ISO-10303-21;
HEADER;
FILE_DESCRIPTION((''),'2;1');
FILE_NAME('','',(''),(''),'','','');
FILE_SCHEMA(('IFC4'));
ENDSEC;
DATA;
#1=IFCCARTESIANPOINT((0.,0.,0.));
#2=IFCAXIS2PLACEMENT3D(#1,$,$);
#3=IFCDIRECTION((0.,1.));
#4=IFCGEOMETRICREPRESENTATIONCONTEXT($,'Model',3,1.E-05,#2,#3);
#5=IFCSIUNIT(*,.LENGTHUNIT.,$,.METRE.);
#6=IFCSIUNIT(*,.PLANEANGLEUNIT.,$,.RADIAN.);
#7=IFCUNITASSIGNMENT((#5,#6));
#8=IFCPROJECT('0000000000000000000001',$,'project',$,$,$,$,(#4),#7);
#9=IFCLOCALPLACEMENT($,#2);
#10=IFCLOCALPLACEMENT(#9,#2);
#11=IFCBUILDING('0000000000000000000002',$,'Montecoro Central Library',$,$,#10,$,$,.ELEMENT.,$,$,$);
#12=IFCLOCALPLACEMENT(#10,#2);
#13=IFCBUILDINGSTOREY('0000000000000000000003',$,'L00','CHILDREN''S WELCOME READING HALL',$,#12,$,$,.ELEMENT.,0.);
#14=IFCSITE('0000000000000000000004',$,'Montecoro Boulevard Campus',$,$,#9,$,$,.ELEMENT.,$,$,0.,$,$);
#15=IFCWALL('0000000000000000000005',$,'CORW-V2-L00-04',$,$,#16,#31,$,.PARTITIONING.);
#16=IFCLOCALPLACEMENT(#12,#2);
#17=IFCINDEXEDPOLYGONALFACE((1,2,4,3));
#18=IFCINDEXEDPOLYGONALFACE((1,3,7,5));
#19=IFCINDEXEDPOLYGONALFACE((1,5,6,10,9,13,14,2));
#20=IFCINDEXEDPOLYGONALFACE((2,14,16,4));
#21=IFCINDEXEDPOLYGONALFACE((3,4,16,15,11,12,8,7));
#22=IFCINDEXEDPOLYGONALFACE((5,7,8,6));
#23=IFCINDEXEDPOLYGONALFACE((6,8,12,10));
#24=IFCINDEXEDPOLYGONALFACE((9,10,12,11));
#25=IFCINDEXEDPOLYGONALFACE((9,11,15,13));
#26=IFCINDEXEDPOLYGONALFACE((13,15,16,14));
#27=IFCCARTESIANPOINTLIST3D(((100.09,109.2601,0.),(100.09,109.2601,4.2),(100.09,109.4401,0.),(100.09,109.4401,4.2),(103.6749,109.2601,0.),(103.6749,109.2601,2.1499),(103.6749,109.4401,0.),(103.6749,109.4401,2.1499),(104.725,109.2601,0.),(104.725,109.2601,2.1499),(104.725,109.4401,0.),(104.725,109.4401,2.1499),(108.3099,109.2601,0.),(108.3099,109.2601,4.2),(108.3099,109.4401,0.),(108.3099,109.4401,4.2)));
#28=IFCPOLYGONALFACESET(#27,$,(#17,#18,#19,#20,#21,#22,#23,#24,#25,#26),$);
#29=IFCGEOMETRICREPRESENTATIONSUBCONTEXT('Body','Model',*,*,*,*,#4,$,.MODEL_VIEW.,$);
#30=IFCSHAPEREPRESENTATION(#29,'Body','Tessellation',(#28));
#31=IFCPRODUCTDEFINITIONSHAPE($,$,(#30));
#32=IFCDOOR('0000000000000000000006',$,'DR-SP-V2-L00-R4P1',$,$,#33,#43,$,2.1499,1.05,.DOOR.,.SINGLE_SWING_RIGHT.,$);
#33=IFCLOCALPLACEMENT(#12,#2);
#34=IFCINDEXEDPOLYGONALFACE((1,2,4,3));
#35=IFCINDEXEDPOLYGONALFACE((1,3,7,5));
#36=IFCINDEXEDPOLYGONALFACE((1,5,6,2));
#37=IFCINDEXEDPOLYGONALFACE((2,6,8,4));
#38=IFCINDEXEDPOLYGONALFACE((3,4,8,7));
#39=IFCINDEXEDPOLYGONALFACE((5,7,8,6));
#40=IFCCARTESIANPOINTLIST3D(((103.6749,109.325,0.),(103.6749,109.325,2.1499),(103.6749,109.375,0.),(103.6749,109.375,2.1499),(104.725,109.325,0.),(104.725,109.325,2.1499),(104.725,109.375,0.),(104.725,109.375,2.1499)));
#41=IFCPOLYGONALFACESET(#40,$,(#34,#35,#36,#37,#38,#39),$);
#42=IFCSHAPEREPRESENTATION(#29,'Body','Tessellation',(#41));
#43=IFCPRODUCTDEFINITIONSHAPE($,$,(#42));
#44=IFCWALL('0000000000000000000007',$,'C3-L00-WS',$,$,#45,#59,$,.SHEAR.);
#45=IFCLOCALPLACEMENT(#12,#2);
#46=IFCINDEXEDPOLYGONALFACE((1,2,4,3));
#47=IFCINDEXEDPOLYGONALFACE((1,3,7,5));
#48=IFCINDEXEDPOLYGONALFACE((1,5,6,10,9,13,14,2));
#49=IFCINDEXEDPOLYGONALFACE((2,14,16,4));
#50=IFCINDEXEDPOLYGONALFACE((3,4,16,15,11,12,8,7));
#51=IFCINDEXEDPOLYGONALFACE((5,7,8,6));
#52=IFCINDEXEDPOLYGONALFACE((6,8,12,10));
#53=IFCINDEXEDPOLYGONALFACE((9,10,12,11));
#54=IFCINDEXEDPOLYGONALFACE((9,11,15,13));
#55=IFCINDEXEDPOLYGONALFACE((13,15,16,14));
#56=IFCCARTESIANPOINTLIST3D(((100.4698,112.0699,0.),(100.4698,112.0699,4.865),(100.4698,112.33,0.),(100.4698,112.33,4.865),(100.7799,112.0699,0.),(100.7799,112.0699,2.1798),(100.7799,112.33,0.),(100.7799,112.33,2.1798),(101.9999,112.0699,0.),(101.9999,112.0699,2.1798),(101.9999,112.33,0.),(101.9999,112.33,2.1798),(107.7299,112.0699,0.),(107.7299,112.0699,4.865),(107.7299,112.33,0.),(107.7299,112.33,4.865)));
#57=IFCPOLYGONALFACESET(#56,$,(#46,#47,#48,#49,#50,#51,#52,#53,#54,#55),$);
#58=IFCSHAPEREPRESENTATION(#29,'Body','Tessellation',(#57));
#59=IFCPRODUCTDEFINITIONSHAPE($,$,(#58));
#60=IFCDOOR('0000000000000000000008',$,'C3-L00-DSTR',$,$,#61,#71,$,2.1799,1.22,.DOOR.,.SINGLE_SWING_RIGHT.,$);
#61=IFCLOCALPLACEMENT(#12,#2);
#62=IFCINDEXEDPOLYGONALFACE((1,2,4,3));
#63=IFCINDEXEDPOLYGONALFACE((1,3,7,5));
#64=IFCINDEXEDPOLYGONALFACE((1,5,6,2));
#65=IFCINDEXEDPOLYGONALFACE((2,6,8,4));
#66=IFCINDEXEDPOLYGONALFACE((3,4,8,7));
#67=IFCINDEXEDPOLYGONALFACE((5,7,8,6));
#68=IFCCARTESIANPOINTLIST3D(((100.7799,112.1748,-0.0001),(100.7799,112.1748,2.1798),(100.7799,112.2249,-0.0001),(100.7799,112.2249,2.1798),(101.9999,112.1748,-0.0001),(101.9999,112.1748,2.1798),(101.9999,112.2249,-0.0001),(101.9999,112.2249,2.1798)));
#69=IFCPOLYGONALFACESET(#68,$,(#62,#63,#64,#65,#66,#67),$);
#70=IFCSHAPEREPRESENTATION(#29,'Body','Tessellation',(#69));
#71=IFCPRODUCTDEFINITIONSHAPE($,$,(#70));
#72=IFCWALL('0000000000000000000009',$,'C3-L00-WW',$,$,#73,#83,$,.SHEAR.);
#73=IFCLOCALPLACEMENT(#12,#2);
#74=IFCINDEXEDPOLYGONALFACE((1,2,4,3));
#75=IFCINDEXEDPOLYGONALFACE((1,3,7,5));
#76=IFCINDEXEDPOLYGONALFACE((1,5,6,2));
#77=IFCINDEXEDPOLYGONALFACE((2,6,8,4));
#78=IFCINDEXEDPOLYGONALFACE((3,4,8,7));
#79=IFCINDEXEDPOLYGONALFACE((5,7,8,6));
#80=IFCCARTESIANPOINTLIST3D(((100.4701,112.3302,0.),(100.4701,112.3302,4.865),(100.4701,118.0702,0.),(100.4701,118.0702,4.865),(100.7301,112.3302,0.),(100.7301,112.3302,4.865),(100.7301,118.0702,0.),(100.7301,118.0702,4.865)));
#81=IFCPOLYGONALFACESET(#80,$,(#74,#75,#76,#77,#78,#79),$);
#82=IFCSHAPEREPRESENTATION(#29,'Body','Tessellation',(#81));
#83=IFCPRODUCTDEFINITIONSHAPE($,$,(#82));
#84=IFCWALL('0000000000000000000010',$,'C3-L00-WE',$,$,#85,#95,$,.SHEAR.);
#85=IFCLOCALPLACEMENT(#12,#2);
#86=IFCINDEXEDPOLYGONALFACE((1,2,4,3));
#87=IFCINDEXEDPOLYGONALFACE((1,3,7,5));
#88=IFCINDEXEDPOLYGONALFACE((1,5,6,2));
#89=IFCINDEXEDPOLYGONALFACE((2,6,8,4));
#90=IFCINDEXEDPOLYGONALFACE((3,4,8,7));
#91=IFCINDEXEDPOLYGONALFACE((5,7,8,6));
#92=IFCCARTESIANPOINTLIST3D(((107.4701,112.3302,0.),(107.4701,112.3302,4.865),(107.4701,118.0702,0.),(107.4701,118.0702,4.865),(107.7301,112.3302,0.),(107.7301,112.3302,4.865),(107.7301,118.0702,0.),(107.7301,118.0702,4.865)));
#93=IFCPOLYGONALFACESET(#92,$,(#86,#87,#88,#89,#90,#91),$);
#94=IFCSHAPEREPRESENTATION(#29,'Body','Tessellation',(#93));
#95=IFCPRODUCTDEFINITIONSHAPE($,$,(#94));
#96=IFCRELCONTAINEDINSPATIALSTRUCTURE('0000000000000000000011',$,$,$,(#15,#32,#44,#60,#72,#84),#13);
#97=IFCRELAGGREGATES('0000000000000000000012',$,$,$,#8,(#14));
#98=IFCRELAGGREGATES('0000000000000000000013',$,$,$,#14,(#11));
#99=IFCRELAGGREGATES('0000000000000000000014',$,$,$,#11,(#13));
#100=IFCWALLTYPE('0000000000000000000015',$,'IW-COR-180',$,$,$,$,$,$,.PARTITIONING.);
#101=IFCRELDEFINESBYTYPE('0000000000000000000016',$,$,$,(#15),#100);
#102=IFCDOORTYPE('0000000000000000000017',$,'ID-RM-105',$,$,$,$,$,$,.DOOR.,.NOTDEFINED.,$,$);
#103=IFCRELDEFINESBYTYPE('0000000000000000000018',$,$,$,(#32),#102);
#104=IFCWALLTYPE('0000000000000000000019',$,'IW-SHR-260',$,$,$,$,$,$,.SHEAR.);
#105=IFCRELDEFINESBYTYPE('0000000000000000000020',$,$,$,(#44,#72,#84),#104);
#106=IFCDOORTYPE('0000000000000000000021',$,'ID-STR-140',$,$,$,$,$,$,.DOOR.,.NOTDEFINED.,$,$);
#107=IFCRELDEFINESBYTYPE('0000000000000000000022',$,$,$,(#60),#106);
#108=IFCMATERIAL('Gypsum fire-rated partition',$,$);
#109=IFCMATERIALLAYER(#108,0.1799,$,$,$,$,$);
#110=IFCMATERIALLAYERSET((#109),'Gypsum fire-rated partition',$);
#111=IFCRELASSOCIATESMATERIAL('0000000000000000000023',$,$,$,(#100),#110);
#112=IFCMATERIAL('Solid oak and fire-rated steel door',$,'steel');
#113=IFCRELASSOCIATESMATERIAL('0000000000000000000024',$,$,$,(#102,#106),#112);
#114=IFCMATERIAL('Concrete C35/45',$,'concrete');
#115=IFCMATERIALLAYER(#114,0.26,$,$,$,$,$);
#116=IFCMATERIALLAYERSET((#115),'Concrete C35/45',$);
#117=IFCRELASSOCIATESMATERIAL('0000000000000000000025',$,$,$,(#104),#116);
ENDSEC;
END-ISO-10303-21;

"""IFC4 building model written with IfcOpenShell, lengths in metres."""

from ifc_helpers import new_model, si_unit, direction, frame, frame_2d, origin, place, context, subcontext, project, spatial, rectangle, extrude, material, layer, layer_set, type_object, element, fill, save


model = new_model("IFC4")

# Units and contexts
model_context = context("Model", 3, precision=1e-05, world=origin(), true_north=direction((0.0, 1.0)))
body_context = subcontext(model_context, "Body", "Model", "MODEL_VIEW")
ifc_project = project(units=[si_unit("LENGTHUNIT", "METRE"), si_unit("PLANEANGLEUNIT", "RADIAN")], contexts=[model_context])

# Site, building, storey
site_placement = place(None, origin())
site = spatial("IfcSite", under=ifc_project, at=site_placement, Name="Montecoro Boulevard Campus", CompositionType="ELEMENT", RefElevation=0.0)
building_placement = place(site_placement, origin())
building = spatial("IfcBuilding", under=site, at=building_placement, Name="Montecoro Central Library", CompositionType="ELEMENT")
storey_placement = place(building_placement, origin())
storey = spatial("IfcBuildingStorey", under=building, at=storey_placement, Name="L00", Description="CHILDREN'S WELCOME READING HALL", CompositionType="ELEMENT", Elevation=0.0)

# Walls, openings, doors
ifc_material_1 = material(Name="Gypsum fire-rated partition")
ifc_layer_1 = layer(ifc_material_1, 0.1799)
ifc_layer_set_1 = layer_set([ifc_layer_1], Name="Gypsum fire-rated partition")
wall_type_1 = type_object("IfcWallType", Name="IW-COR-180", PredefinedType="PARTITIONING", material=ifc_layer_set_1)
wall_1_placement = place(storey_placement, frame((100.0901, 109.3501, 0.0), z_axis=(0.0, 0.0, 1.0), x_axis=(1.0, 0.0, 0.0)))
wall_1 = element("IfcWall", 1, at=wall_1_placement, inside=storey, type_object=wall_type_1, Name="CORW-V2-L00-04", PredefinedType="PARTITIONING", context=body_context, shape_type="SweptSolid", body=[
    extrude(rectangle(XDim=8.22, YDim=0.1799, at=frame_2d((4.1099, 0.0))), origin(), (0.0, 0.0, 1.0), 4.2),
])
opening_1_placement = place(wall_1_placement, frame((3.585, 0.0, 0.0)))
opening_1 = element("IfcOpeningElement", 2, at=opening_1_placement, cuts=wall_1, PredefinedType="OPENING", context=body_context, shape_type="SweptSolid", body=[
    extrude(rectangle(XDim=1.05, YDim=2.1499, at=frame_2d((0.5249, 1.075))), frame((0.0, 0.0999, 0.0), z_axis=(0.0, -1.0, 0.0), x_axis=(1.0, 0.0, 0.0)), (0.0, 0.0, 1.0), 0.2),
])
ifc_material_2 = material(Name="Solid oak and fire-rated steel door", Category="steel")
door_type_1 = type_object("IfcDoorType", Name="ID-RM-105", OperationType="NOTDEFINED", PredefinedType="DOOR", material=ifc_material_2)
door_1_placement = place(opening_1_placement, origin())
door_1 = element("IfcDoor", 3, at=door_1_placement, inside=storey, type_object=door_type_1, Name="DR-SP-V2-L00-R4P1", OperationType="SINGLE_SWING_RIGHT", OverallHeight=2.1499, OverallWidth=1.05, PredefinedType="DOOR", context=body_context, shape_type="SweptSolid", body=[
    extrude(rectangle(XDim=1.05, YDim=2.1499, at=frame_2d((0.5249, 1.075))), frame((0.0, 0.0249, 0.0), z_axis=(0.0, -1.0, 0.0), x_axis=(1.0, 0.0, 0.0)), (0.0, 0.0, 1.0), 0.05),
])
fill(opening_1, door_1)
ifc_material_3 = material(Name="Concrete C35/45", Category="concrete")
ifc_layer_2 = layer(ifc_material_3, 0.26)
ifc_layer_set_2 = layer_set([ifc_layer_2], Name="Concrete C35/45")
wall_type_2 = type_object("IfcWallType", Name="IW-SHR-260", PredefinedType="SHEAR", material=ifc_layer_set_2)
wall_2_placement = place(storey_placement, frame((100.47, 112.2, 0.0), z_axis=(0.0, 0.0, 1.0), x_axis=(1.0, 0.0, 0.0)))
wall_2 = element("IfcWall", 4, at=wall_2_placement, inside=storey, type_object=wall_type_2, Name="C3-L00-WS", PredefinedType="SHEAR", context=body_context, shape_type="SweptSolid", body=[
    extrude(rectangle(XDim=7.26, YDim=0.26, at=frame_2d((3.6299, 0.0))), origin(), (0.0, 0.0, 1.0), 4.865),
])
opening_2_placement = place(wall_2_placement, frame((0.3101, 0.0, 0.0)))
opening_2 = element("IfcOpeningElement", 5, at=opening_2_placement, cuts=wall_2, PredefinedType="OPENING", context=body_context, shape_type="SweptSolid", body=[
    extrude(rectangle(XDim=1.22, YDim=2.1799, at=frame_2d((0.6099, 1.0898))), frame((0.0, 0.1399, 0.0), z_axis=(0.0, -1.0, 0.0), x_axis=(1.0, 0.0, 0.0)), (0.0, 0.0, 1.0), 0.28),
])
door_type_2 = type_object("IfcDoorType", Name="ID-STR-140", OperationType="NOTDEFINED", PredefinedType="DOOR", material=ifc_material_2)
door_2_placement = place(opening_2_placement, origin())
door_2 = element("IfcDoor", 6, at=door_2_placement, inside=storey, type_object=door_type_2, Name="C3-L00-DSTR", OperationType="SINGLE_SWING_RIGHT", OverallHeight=2.1799, OverallWidth=1.22, PredefinedType="DOOR", context=body_context, shape_type="SweptSolid", body=[
    extrude(rectangle(XDim=1.22, YDim=2.1799, at=frame_2d((0.6099, 1.0898))), frame((0.0, 0.0249, 0.0), z_axis=(0.0, -1.0, 0.0), x_axis=(1.0, 0.0, 0.0)), (0.0, 0.0, 1.0), 0.05),
])
fill(opening_2, door_2)

# Walls
for number, where, z_axis, x_axis, name in (
    (7, (100.6001, 112.3301, 0.0), (0.0, 0.0, 1.0), (0.0, 1.0, 0.0), "C3-L00-WW"),
    (8, (107.6001, 112.3301, 0.0), (0.0, 0.0, 1.0), (0.0, 1.0, 0.0), "C3-L00-WE"),
):
    element("IfcWall", number, at=place(storey_placement, frame(where, z_axis=z_axis, x_axis=x_axis)), inside=storey, type_object=wall_type_2, Name=name, PredefinedType="SHEAR", context=body_context, shape_type="SweptSolid", body=[
        extrude(rectangle(XDim=5.74, YDim=0.26, at=frame_2d((2.8701, 0.0))), origin(), (0.0, 0.0, 1.0), 4.865),
    ])

save(model, "model.ifc")
